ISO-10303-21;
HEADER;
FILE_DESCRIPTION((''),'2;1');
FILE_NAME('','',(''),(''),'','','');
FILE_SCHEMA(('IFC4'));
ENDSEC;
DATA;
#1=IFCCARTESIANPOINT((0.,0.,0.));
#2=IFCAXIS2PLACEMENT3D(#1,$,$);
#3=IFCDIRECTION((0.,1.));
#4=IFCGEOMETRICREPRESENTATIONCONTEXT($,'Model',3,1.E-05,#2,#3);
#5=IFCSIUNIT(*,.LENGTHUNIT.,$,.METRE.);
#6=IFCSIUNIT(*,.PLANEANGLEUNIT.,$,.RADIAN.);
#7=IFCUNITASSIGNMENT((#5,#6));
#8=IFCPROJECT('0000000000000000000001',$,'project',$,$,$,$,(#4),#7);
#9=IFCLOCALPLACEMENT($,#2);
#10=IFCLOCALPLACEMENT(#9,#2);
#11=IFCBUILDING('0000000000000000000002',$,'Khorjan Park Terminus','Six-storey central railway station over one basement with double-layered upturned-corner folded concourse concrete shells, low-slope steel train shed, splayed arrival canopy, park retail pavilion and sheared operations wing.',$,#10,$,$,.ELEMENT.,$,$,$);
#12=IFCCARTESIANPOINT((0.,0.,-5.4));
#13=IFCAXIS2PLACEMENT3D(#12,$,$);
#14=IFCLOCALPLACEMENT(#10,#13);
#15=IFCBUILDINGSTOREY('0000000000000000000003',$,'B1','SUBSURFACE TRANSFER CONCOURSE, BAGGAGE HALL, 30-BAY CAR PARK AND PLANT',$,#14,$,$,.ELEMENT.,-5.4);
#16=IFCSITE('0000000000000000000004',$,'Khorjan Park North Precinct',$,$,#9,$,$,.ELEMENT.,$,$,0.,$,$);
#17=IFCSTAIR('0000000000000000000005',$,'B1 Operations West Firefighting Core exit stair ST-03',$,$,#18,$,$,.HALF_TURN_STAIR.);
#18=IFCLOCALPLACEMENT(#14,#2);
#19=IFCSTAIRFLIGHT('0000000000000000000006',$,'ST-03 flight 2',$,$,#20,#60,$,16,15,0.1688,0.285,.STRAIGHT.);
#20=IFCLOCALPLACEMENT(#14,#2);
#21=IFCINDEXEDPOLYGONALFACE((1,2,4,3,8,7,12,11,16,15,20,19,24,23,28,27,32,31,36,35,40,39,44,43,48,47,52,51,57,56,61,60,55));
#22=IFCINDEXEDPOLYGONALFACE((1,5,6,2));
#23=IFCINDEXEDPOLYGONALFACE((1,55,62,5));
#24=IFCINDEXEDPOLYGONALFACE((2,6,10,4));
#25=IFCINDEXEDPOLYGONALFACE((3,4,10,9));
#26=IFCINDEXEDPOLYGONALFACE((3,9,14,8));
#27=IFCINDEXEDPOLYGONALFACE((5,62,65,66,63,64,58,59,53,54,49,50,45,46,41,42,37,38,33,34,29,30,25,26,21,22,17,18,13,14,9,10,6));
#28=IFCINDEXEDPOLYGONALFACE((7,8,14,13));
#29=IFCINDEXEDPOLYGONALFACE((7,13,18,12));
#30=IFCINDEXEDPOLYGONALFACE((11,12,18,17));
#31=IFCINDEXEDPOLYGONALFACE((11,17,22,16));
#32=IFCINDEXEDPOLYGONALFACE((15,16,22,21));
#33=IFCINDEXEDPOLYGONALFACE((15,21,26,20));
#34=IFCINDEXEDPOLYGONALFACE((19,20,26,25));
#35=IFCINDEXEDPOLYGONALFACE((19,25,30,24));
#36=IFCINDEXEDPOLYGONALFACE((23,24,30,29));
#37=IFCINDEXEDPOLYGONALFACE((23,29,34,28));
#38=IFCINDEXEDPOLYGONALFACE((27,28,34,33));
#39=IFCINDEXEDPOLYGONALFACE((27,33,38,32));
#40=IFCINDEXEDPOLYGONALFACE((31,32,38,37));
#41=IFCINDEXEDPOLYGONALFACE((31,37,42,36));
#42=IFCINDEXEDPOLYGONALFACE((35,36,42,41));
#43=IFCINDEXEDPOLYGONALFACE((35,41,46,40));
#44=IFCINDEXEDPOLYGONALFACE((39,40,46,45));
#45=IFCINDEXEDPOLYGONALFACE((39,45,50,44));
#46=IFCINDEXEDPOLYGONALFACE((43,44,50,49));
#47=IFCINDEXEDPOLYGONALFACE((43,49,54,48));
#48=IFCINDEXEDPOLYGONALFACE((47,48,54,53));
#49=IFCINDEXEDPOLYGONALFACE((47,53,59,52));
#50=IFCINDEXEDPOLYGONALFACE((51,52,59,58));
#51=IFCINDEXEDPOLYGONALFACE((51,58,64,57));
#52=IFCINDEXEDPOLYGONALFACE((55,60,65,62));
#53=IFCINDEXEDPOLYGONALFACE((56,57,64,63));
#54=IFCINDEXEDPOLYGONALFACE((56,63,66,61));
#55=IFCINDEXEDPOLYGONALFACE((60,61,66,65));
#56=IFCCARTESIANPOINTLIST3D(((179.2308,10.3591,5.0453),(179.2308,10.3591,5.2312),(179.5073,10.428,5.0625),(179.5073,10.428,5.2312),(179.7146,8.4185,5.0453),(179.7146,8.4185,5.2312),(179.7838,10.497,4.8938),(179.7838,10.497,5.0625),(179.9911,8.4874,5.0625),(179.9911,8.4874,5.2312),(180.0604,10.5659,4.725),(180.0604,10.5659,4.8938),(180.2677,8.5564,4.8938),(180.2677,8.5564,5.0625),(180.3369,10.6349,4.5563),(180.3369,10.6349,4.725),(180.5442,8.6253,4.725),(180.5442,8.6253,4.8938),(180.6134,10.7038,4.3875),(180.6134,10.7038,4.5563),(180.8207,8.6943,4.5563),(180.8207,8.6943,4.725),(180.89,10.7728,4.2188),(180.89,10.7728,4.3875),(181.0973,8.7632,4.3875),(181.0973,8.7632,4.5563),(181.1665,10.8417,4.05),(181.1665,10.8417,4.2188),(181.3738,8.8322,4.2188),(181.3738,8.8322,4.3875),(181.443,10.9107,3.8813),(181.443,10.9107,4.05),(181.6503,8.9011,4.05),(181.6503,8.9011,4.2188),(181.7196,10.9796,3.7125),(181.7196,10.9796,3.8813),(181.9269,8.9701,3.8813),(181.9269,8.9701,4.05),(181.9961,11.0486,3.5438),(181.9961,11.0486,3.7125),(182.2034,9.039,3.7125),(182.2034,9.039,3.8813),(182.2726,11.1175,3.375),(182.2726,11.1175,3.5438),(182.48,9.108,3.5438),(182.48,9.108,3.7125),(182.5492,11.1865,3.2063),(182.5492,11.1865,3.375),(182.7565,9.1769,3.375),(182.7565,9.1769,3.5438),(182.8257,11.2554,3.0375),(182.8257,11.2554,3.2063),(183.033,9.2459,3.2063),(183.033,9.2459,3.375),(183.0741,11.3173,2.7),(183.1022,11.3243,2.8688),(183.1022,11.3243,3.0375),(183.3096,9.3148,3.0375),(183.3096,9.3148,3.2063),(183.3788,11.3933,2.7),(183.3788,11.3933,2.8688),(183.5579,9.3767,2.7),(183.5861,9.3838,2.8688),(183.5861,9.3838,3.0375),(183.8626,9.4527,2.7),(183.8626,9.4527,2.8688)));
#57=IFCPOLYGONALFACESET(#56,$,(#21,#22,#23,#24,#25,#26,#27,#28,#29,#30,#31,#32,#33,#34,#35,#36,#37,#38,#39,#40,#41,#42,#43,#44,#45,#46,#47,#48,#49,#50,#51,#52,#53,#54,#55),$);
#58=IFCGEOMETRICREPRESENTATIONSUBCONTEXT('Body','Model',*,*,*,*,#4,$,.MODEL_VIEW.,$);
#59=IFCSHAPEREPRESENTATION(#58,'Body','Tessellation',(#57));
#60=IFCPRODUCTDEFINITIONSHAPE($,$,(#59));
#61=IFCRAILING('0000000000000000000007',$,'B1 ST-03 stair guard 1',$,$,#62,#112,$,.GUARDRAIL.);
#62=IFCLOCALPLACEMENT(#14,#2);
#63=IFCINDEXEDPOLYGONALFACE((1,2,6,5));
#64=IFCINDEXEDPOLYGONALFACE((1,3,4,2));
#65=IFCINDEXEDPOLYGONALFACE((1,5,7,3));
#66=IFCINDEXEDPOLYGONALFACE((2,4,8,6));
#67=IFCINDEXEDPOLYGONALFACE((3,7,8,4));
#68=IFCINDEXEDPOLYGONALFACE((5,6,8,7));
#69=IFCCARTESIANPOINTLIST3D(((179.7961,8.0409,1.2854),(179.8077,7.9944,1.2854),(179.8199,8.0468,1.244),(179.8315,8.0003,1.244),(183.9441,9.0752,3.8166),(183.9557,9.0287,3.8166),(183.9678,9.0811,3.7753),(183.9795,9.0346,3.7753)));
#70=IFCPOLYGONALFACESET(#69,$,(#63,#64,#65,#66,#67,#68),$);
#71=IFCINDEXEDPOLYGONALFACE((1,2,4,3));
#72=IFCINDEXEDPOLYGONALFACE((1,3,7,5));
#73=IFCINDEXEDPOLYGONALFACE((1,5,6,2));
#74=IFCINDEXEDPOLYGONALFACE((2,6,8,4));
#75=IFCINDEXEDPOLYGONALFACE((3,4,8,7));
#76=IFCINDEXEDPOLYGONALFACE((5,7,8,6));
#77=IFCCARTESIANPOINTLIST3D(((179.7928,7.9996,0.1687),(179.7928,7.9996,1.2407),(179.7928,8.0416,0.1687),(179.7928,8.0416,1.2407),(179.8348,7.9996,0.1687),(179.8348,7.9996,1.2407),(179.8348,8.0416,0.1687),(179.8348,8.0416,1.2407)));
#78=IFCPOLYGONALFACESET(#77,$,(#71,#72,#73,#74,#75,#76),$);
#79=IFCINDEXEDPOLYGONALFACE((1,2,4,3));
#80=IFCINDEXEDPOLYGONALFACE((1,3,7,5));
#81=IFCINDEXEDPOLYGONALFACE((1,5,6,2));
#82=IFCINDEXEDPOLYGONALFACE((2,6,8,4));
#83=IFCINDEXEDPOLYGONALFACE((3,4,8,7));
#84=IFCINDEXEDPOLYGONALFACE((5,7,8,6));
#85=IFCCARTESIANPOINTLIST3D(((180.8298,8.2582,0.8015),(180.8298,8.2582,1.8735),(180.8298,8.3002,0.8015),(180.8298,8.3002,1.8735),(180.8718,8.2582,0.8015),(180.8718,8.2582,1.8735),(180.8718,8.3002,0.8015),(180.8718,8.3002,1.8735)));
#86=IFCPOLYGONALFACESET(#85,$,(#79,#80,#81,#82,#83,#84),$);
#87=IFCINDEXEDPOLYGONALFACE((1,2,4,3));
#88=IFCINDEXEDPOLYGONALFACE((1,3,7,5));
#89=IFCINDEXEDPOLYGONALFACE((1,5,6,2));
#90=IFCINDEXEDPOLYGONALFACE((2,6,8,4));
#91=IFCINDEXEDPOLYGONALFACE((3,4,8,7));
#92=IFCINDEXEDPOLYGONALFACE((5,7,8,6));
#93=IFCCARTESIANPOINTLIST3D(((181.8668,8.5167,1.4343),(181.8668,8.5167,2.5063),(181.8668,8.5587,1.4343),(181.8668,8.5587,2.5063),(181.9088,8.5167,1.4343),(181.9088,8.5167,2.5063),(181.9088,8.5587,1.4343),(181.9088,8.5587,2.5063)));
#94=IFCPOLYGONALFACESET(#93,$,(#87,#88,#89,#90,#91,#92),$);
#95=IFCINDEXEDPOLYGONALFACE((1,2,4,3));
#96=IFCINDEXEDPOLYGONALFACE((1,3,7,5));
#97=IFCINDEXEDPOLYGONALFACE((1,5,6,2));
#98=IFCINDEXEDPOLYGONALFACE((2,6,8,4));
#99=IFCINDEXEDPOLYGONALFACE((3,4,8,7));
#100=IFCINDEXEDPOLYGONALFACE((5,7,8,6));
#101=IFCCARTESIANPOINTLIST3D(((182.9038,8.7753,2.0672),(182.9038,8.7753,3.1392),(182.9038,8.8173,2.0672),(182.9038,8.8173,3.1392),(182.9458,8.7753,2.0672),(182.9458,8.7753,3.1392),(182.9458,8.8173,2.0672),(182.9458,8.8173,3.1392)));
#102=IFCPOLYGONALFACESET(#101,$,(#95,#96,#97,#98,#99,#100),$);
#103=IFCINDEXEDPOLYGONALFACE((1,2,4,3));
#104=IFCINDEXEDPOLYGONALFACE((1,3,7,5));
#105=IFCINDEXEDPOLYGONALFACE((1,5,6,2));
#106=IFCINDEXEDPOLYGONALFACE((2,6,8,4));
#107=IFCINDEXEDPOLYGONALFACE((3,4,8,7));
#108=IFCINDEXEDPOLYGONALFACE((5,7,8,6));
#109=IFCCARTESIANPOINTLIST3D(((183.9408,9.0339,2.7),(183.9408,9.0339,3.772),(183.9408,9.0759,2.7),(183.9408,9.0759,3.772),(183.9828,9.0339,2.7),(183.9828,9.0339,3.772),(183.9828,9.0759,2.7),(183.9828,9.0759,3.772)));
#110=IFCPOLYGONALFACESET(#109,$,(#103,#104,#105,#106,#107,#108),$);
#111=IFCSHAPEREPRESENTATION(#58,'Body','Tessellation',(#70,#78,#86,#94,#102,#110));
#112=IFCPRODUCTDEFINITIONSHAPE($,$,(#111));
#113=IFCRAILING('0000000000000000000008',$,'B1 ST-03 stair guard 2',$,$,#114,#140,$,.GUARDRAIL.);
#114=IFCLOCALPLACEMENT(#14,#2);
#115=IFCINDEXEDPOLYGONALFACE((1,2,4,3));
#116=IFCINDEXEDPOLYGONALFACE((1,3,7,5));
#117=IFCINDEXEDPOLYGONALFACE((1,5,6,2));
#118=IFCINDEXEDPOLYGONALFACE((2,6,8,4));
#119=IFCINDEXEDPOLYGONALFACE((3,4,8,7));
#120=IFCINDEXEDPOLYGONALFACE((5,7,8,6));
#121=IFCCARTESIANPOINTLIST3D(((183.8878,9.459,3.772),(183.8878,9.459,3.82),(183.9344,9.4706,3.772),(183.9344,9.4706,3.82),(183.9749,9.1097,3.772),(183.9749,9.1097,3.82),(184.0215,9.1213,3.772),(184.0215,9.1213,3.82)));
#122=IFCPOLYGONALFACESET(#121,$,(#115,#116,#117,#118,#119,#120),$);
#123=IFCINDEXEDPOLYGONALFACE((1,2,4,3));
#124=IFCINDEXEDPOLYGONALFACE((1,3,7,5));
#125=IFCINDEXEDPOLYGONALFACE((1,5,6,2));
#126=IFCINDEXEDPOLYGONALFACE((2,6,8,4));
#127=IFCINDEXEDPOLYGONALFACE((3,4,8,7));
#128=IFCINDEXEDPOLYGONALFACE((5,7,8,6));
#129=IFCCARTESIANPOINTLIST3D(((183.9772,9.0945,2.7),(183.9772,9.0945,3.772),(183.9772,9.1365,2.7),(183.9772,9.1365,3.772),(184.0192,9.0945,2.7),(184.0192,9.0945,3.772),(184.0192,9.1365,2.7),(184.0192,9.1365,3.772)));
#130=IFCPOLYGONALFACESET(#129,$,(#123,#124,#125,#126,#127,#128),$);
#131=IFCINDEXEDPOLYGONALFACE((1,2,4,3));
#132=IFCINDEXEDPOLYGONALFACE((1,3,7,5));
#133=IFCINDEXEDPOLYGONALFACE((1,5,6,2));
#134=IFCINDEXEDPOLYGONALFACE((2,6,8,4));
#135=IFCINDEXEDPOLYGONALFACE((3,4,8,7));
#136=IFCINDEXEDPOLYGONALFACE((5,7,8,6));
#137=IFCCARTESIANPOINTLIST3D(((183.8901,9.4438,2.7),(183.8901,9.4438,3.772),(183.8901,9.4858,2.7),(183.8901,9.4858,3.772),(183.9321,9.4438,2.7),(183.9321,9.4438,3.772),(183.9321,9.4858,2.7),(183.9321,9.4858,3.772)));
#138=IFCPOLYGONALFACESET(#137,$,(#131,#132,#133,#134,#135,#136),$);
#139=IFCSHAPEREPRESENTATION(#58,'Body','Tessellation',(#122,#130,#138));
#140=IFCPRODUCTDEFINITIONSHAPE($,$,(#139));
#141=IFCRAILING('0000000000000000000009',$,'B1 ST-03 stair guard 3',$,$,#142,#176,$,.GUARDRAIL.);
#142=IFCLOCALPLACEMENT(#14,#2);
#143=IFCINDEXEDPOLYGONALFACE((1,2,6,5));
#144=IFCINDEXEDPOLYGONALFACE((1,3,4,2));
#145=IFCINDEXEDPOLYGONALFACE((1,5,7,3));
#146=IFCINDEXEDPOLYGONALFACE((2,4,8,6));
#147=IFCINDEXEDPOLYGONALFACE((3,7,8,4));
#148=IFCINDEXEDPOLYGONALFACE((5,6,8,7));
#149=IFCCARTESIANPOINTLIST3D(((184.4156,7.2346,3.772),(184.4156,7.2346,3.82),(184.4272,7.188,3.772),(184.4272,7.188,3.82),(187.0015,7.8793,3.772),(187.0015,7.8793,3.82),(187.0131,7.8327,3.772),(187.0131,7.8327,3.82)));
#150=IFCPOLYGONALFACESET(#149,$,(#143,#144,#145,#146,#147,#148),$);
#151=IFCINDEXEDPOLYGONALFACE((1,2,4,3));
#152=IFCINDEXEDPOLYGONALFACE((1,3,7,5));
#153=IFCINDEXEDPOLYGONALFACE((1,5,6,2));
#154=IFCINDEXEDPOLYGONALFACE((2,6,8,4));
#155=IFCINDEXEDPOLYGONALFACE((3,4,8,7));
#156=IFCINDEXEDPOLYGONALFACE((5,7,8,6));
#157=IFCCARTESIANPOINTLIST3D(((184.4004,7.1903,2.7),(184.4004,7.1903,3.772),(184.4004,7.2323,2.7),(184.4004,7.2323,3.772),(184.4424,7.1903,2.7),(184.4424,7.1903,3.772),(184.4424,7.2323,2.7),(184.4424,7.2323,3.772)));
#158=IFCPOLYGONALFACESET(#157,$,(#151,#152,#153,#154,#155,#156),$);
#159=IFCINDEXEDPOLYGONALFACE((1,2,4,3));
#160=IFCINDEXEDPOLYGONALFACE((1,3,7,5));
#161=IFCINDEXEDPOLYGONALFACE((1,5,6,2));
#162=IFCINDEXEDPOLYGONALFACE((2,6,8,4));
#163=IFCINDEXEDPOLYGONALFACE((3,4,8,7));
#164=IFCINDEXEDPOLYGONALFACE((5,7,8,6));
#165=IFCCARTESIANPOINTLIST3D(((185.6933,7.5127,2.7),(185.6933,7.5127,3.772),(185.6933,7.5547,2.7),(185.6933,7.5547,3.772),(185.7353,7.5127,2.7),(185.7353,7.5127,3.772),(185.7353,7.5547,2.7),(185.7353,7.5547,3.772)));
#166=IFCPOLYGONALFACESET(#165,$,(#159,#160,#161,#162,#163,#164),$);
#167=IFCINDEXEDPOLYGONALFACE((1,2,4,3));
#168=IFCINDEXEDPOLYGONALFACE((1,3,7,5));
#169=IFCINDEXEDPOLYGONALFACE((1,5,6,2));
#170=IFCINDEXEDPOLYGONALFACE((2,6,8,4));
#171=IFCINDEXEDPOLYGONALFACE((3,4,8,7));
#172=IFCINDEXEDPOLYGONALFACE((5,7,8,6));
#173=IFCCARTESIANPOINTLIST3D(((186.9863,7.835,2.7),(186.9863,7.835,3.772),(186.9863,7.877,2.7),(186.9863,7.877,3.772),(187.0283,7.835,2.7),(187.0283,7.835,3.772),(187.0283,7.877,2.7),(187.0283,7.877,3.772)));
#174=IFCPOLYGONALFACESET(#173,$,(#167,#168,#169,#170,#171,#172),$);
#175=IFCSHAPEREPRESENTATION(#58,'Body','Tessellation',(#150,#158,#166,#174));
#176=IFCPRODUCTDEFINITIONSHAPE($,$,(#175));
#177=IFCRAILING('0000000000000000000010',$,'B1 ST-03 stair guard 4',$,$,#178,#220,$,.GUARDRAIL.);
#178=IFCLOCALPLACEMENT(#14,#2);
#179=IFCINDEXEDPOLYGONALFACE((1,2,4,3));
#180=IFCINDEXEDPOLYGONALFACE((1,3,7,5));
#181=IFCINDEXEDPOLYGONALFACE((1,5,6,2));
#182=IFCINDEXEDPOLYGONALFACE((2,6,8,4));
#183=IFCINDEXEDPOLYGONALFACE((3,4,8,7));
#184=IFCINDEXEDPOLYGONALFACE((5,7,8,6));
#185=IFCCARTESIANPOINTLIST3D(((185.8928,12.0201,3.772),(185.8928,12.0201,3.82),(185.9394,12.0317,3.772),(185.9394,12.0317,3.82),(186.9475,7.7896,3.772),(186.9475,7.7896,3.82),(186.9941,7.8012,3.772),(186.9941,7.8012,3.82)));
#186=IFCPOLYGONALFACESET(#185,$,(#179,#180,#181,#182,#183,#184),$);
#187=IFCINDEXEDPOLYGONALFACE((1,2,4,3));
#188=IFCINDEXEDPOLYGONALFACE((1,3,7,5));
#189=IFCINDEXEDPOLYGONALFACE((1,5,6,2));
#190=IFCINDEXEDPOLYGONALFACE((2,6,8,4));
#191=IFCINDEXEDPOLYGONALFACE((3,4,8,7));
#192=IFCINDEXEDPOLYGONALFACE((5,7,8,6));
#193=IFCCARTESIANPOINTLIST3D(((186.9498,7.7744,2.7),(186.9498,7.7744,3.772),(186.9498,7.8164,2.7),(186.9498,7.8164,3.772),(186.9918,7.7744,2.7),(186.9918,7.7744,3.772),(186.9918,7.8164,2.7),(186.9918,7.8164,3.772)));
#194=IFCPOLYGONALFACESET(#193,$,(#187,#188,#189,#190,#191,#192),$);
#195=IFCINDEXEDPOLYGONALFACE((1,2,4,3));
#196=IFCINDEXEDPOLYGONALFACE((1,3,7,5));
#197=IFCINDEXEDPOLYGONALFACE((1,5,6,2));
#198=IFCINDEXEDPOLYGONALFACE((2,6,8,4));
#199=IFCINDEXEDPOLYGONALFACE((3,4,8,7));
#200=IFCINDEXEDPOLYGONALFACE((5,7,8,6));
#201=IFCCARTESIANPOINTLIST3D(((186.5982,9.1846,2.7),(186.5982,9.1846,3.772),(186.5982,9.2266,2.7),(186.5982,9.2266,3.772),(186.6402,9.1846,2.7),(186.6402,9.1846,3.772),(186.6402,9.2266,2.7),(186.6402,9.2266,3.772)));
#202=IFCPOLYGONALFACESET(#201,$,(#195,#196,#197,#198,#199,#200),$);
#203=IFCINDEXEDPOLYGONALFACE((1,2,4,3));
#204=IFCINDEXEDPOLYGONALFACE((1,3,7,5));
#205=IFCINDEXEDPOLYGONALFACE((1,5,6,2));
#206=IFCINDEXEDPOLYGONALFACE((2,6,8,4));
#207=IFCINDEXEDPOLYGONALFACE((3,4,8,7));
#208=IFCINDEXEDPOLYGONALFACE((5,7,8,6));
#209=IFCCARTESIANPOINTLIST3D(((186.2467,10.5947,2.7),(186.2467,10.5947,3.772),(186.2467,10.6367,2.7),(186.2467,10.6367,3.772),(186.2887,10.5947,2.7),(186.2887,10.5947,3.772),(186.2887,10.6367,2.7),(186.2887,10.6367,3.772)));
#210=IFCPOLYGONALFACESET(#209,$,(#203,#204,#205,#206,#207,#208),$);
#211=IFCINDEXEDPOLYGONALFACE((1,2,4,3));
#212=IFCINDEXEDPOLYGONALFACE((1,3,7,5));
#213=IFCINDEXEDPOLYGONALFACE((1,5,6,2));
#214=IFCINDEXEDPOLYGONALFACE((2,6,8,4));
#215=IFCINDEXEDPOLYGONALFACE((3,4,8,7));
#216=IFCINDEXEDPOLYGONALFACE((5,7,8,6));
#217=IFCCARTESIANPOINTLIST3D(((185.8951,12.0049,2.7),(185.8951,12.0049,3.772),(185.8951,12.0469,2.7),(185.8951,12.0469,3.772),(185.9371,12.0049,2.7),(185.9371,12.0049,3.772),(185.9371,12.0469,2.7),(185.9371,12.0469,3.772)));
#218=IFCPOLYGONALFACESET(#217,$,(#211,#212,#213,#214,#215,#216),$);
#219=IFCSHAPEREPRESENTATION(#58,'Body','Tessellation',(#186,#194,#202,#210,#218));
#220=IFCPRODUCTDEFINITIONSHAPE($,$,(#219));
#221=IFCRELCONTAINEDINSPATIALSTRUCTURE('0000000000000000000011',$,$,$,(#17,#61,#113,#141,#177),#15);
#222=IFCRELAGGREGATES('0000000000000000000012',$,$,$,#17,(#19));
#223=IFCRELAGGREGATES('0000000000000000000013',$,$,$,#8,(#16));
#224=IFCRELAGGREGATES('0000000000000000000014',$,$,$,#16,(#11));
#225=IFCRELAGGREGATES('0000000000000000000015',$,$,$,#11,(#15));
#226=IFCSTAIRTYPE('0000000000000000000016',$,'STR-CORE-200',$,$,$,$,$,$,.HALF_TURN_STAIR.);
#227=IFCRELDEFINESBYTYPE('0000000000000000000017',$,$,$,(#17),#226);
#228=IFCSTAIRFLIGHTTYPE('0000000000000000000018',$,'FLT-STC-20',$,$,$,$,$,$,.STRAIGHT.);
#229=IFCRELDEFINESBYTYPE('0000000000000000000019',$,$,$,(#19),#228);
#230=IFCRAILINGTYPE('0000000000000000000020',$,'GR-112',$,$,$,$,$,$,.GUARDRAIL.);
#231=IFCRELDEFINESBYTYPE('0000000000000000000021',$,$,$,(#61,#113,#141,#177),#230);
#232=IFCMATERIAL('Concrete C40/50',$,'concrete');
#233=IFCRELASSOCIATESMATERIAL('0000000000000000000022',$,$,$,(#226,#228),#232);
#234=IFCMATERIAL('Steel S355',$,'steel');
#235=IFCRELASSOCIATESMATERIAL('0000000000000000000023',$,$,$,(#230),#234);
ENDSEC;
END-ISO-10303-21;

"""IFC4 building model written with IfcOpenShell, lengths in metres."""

from ifc_helpers import new_model, si_unit, direction, frame, origin, origin_2d, place, context, subcontext, project, spatial, polyline, rectangle, outline, extrude, material, type_object, element, aggregate, save


model = new_model("IFC4")

# Units and contexts
model_context = context("Model", 3, precision=1e-05, world=origin(), true_north=direction((0.0, 1.0)))
body_context = subcontext(model_context, "Body", "Model", "MODEL_VIEW")
ifc_project = project(units=[si_unit("LENGTHUNIT", "METRE"), si_unit("PLANEANGLEUNIT", "RADIAN")], contexts=[model_context])

# Site, building, storey
site_placement = place(None, origin())
site = spatial("IfcSite", under=ifc_project, at=site_placement, Name="Khorjan Park North Precinct", CompositionType="ELEMENT", RefElevation=0.0)
building_placement = place(site_placement, origin())
building = spatial("IfcBuilding", under=site, at=building_placement, Name="Khorjan Park Terminus", Description="Six-storey central railway station over one basement with double-layered upturned-corner folded concourse concrete shells, low-slope steel train shed, splayed arrival canopy, park retail pavilion and sheared operations wing.", CompositionType="ELEMENT")
storey_placement = place(building_placement, frame((0.0, 0.0, -5.4)))
storey = spatial("IfcBuildingStorey", under=building, at=storey_placement, Name="B1", Description="SUBSURFACE TRANSFER CONCOURSE, BAGGAGE HALL, 30-BAY CAR PARK AND PLANT", CompositionType="ELEMENT", Elevation=-5.4)

# Shared definitions
ifc_material_1 = material(Name="Concrete C40/50", Category="concrete")

# Stair, stair flight
stair_type = type_object("IfcStairType", Name="STR-CORE-200", PredefinedType="HALF_TURN_STAIR", material=ifc_material_1)
stair_placement = place(storey_placement, origin())
stair = element("IfcStair", 1, at=stair_placement, inside=storey, type_object=stair_type, Name="B1 Operations West Firefighting Core exit stair ST-03", PredefinedType="HALF_TURN_STAIR")
stair_flight_type = type_object("IfcStairFlightType", Name="FLT-STC-20", PredefinedType="STRAIGHT", material=ifc_material_1)
stair_flight_1_placement = place(storey_placement, frame((183.6207, 10.423, 2.7), z_axis=(0.0, 0.0, 1.0), x_axis=(-0.970296, -0.241922, 0.0)))
stair_flight_1 = element("IfcStairFlight", 2, at=stair_flight_1_placement, type_object=stair_flight_type, Name="ST-03 flight 2", NumberOfRisers=16, NumberOfTreads=15, PredefinedType="STRAIGHT", RiserHeight=0.1688, TreadLength=0.285, context=body_context, shape_type="SweptSolid", body=[
    extrude(outline(polyline([(0.0, 0.0), (0.0, 0.1688), (0.285, 0.1688), (0.285, 0.3375), (0.57, 0.3375), (0.57, 0.5063), (0.855, 0.5063), (0.855, 0.675), (1.14, 0.675), (1.14, 0.8438), (1.425, 0.8438), (1.425, 1.0125), (1.71, 1.0125), (1.71, 1.1813), (1.995, 1.1813), (1.995, 1.35), (2.28, 1.35), (2.28, 1.5188), (2.565, 1.5188), (2.565, 1.6875), (2.85, 1.6875), (2.85, 1.8563), (3.135, 1.8563), (3.135, 2.025), (3.42, 2.025), (3.42, 2.1938), (3.705, 2.1938), (3.705, 2.3625), (3.99, 2.3625), (3.99, 2.5312), (4.275, 2.5312), (4.275, 2.7), (4.275, 2.3453), (0.314, 0.0), (0.0, 0.0)])), frame((0.0, 1.0, 0.0), z_axis=(0.0, -1.0, 0.0), x_axis=(1.0, 0.0, 0.0)), (0.0, 0.0, 1.0), 2.0),
])
aggregate(stair, [stair_flight_1])

# Railings
ifc_material_2 = material(Name="Steel S355", Category="steel")
railing_type_1 = type_object("IfcRailingType", Name="GR-112", PredefinedType="GUARDRAIL", material=ifc_material_2)
railing_1_placement = place(storey_placement, frame((179.8138, 8.0206, 0.1687)))
element("IfcRailing", 3, at=railing_1_placement, inside=storey, type_object=railing_type_1, Name="B1 ST-03 stair guard 1", PredefinedType="GUARDRAIL", context=body_context, shape_type="SweptSolid", body=[
    extrude(rectangle(XDim=0.048, YDim=0.048, at=origin_2d()), frame((0.0, 0.0, 1.096), z_axis=(0.834908, 0.208183, 0.509499), x_axis=(-0.241941, 0.970291, 0.0)), (0.0, 0.0, 1.0), 4.9682),
    extrude(rectangle(XDim=0.042, YDim=0.042, at=origin_2d()), origin(), (0.0, 0.0, 1.0), 1.072),
    extrude(rectangle(XDim=0.042, YDim=0.042, at=origin_2d()), frame((1.037, 0.2586, 0.6328)), (0.0, 0.0, 1.0), 1.072),
    extrude(rectangle(XDim=0.042, YDim=0.042, at=origin_2d()), frame((2.074, 0.5171, 1.2656)), (0.0, 0.0, 1.0), 1.072),
    extrude(rectangle(XDim=0.042, YDim=0.042, at=origin_2d()), frame((3.111, 0.7757, 1.8985)), (0.0, 0.0, 1.0), 1.072),
    extrude(rectangle(XDim=0.042, YDim=0.042, at=origin_2d()), frame((4.148, 1.0343, 2.5313)), (0.0, 0.0, 1.0), 1.072),
])
railing_2_placement = place(storey_placement, frame((183.9982, 9.1155, 2.7)))
element("IfcRailing", 4, at=railing_2_placement, inside=storey, type_object=railing_type_1, Name="B1 ST-03 stair guard 2", PredefinedType="GUARDRAIL", context=body_context, shape_type="SweptSolid", body=[
    extrude(rectangle(XDim=0.048, YDim=0.048, at=origin_2d()), frame((0.0, 0.0, 1.096), z_axis=(-0.241947, 0.970289, 0.0), x_axis=(-0.970289, -0.241947, 0.0)), (0.0, 0.0, 1.0), 0.36),
    extrude(rectangle(XDim=0.042, YDim=0.042, at=origin_2d()), origin(), (0.0, 0.0, 1.0), 1.072),
    extrude(rectangle(XDim=0.042, YDim=0.042, at=origin_2d()), frame((-0.0871, 0.3493, 0.0)), (0.0, 0.0, 1.0), 1.072),
])
railing_3_placement = place(storey_placement, frame((184.4214, 7.2113, 2.7)))
element("IfcRailing", 5, at=railing_3_placement, inside=storey, type_object=railing_type_1, Name="B1 ST-03 stair guard 3", PredefinedType="GUARDRAIL", context=body_context, shape_type="SweptSolid", body=[
    extrude(rectangle(XDim=0.048, YDim=0.048, at=origin_2d()), frame((0.0, 0.0, 1.096), z_axis=(0.970299, 0.241909, 0.0), x_axis=(-0.241909, 0.970299, 0.0)), (0.0, 0.0, 1.0), 2.6651),
    extrude(rectangle(XDim=0.042, YDim=0.042, at=origin_2d()), origin(), (0.0, 0.0, 1.0), 1.072),
    extrude(rectangle(XDim=0.042, YDim=0.042, at=origin_2d()), frame((1.2929, 0.3224, 0.0)), (0.0, 0.0, 1.0), 1.072),
    extrude(rectangle(XDim=0.042, YDim=0.042, at=origin_2d()), frame((2.5859, 0.6447, 0.0)), (0.0, 0.0, 1.0), 1.072),
])
railing_4_placement = place(storey_placement, frame((186.9708, 7.7954, 2.7)))
element("IfcRailing", 6, at=railing_4_placement, inside=storey, type_object=railing_type_1, Name="B1 ST-03 stair guard 4", PredefinedType="GUARDRAIL", context=body_context, shape_type="SweptSolid", body=[
    extrude(rectangle(XDim=0.048, YDim=0.048, at=origin_2d()), frame((0.0, 0.0, 1.096), z_axis=(-0.241904, 0.9703, 0.0), x_axis=(-0.9703, -0.241904, 0.0)), (0.0, 0.0, 1.0), 4.36),
    extrude(rectangle(XDim=0.042, YDim=0.042, at=origin_2d()), origin(), (0.0, 0.0, 1.0), 1.072),
    extrude(rectangle(XDim=0.042, YDim=0.042, at=origin_2d()), frame((-0.3516, 1.4102, 0.0)), (0.0, 0.0, 1.0), 1.072),
    extrude(rectangle(XDim=0.042, YDim=0.042, at=origin_2d()), frame((-0.7031, 2.8203, 0.0)), (0.0, 0.0, 1.0), 1.072),
    extrude(rectangle(XDim=0.042, YDim=0.042, at=origin_2d()), frame((-1.0547, 4.2305, 0.0)), (0.0, 0.0, 1.0), 1.072),
])

save(model, "model.ifc")
